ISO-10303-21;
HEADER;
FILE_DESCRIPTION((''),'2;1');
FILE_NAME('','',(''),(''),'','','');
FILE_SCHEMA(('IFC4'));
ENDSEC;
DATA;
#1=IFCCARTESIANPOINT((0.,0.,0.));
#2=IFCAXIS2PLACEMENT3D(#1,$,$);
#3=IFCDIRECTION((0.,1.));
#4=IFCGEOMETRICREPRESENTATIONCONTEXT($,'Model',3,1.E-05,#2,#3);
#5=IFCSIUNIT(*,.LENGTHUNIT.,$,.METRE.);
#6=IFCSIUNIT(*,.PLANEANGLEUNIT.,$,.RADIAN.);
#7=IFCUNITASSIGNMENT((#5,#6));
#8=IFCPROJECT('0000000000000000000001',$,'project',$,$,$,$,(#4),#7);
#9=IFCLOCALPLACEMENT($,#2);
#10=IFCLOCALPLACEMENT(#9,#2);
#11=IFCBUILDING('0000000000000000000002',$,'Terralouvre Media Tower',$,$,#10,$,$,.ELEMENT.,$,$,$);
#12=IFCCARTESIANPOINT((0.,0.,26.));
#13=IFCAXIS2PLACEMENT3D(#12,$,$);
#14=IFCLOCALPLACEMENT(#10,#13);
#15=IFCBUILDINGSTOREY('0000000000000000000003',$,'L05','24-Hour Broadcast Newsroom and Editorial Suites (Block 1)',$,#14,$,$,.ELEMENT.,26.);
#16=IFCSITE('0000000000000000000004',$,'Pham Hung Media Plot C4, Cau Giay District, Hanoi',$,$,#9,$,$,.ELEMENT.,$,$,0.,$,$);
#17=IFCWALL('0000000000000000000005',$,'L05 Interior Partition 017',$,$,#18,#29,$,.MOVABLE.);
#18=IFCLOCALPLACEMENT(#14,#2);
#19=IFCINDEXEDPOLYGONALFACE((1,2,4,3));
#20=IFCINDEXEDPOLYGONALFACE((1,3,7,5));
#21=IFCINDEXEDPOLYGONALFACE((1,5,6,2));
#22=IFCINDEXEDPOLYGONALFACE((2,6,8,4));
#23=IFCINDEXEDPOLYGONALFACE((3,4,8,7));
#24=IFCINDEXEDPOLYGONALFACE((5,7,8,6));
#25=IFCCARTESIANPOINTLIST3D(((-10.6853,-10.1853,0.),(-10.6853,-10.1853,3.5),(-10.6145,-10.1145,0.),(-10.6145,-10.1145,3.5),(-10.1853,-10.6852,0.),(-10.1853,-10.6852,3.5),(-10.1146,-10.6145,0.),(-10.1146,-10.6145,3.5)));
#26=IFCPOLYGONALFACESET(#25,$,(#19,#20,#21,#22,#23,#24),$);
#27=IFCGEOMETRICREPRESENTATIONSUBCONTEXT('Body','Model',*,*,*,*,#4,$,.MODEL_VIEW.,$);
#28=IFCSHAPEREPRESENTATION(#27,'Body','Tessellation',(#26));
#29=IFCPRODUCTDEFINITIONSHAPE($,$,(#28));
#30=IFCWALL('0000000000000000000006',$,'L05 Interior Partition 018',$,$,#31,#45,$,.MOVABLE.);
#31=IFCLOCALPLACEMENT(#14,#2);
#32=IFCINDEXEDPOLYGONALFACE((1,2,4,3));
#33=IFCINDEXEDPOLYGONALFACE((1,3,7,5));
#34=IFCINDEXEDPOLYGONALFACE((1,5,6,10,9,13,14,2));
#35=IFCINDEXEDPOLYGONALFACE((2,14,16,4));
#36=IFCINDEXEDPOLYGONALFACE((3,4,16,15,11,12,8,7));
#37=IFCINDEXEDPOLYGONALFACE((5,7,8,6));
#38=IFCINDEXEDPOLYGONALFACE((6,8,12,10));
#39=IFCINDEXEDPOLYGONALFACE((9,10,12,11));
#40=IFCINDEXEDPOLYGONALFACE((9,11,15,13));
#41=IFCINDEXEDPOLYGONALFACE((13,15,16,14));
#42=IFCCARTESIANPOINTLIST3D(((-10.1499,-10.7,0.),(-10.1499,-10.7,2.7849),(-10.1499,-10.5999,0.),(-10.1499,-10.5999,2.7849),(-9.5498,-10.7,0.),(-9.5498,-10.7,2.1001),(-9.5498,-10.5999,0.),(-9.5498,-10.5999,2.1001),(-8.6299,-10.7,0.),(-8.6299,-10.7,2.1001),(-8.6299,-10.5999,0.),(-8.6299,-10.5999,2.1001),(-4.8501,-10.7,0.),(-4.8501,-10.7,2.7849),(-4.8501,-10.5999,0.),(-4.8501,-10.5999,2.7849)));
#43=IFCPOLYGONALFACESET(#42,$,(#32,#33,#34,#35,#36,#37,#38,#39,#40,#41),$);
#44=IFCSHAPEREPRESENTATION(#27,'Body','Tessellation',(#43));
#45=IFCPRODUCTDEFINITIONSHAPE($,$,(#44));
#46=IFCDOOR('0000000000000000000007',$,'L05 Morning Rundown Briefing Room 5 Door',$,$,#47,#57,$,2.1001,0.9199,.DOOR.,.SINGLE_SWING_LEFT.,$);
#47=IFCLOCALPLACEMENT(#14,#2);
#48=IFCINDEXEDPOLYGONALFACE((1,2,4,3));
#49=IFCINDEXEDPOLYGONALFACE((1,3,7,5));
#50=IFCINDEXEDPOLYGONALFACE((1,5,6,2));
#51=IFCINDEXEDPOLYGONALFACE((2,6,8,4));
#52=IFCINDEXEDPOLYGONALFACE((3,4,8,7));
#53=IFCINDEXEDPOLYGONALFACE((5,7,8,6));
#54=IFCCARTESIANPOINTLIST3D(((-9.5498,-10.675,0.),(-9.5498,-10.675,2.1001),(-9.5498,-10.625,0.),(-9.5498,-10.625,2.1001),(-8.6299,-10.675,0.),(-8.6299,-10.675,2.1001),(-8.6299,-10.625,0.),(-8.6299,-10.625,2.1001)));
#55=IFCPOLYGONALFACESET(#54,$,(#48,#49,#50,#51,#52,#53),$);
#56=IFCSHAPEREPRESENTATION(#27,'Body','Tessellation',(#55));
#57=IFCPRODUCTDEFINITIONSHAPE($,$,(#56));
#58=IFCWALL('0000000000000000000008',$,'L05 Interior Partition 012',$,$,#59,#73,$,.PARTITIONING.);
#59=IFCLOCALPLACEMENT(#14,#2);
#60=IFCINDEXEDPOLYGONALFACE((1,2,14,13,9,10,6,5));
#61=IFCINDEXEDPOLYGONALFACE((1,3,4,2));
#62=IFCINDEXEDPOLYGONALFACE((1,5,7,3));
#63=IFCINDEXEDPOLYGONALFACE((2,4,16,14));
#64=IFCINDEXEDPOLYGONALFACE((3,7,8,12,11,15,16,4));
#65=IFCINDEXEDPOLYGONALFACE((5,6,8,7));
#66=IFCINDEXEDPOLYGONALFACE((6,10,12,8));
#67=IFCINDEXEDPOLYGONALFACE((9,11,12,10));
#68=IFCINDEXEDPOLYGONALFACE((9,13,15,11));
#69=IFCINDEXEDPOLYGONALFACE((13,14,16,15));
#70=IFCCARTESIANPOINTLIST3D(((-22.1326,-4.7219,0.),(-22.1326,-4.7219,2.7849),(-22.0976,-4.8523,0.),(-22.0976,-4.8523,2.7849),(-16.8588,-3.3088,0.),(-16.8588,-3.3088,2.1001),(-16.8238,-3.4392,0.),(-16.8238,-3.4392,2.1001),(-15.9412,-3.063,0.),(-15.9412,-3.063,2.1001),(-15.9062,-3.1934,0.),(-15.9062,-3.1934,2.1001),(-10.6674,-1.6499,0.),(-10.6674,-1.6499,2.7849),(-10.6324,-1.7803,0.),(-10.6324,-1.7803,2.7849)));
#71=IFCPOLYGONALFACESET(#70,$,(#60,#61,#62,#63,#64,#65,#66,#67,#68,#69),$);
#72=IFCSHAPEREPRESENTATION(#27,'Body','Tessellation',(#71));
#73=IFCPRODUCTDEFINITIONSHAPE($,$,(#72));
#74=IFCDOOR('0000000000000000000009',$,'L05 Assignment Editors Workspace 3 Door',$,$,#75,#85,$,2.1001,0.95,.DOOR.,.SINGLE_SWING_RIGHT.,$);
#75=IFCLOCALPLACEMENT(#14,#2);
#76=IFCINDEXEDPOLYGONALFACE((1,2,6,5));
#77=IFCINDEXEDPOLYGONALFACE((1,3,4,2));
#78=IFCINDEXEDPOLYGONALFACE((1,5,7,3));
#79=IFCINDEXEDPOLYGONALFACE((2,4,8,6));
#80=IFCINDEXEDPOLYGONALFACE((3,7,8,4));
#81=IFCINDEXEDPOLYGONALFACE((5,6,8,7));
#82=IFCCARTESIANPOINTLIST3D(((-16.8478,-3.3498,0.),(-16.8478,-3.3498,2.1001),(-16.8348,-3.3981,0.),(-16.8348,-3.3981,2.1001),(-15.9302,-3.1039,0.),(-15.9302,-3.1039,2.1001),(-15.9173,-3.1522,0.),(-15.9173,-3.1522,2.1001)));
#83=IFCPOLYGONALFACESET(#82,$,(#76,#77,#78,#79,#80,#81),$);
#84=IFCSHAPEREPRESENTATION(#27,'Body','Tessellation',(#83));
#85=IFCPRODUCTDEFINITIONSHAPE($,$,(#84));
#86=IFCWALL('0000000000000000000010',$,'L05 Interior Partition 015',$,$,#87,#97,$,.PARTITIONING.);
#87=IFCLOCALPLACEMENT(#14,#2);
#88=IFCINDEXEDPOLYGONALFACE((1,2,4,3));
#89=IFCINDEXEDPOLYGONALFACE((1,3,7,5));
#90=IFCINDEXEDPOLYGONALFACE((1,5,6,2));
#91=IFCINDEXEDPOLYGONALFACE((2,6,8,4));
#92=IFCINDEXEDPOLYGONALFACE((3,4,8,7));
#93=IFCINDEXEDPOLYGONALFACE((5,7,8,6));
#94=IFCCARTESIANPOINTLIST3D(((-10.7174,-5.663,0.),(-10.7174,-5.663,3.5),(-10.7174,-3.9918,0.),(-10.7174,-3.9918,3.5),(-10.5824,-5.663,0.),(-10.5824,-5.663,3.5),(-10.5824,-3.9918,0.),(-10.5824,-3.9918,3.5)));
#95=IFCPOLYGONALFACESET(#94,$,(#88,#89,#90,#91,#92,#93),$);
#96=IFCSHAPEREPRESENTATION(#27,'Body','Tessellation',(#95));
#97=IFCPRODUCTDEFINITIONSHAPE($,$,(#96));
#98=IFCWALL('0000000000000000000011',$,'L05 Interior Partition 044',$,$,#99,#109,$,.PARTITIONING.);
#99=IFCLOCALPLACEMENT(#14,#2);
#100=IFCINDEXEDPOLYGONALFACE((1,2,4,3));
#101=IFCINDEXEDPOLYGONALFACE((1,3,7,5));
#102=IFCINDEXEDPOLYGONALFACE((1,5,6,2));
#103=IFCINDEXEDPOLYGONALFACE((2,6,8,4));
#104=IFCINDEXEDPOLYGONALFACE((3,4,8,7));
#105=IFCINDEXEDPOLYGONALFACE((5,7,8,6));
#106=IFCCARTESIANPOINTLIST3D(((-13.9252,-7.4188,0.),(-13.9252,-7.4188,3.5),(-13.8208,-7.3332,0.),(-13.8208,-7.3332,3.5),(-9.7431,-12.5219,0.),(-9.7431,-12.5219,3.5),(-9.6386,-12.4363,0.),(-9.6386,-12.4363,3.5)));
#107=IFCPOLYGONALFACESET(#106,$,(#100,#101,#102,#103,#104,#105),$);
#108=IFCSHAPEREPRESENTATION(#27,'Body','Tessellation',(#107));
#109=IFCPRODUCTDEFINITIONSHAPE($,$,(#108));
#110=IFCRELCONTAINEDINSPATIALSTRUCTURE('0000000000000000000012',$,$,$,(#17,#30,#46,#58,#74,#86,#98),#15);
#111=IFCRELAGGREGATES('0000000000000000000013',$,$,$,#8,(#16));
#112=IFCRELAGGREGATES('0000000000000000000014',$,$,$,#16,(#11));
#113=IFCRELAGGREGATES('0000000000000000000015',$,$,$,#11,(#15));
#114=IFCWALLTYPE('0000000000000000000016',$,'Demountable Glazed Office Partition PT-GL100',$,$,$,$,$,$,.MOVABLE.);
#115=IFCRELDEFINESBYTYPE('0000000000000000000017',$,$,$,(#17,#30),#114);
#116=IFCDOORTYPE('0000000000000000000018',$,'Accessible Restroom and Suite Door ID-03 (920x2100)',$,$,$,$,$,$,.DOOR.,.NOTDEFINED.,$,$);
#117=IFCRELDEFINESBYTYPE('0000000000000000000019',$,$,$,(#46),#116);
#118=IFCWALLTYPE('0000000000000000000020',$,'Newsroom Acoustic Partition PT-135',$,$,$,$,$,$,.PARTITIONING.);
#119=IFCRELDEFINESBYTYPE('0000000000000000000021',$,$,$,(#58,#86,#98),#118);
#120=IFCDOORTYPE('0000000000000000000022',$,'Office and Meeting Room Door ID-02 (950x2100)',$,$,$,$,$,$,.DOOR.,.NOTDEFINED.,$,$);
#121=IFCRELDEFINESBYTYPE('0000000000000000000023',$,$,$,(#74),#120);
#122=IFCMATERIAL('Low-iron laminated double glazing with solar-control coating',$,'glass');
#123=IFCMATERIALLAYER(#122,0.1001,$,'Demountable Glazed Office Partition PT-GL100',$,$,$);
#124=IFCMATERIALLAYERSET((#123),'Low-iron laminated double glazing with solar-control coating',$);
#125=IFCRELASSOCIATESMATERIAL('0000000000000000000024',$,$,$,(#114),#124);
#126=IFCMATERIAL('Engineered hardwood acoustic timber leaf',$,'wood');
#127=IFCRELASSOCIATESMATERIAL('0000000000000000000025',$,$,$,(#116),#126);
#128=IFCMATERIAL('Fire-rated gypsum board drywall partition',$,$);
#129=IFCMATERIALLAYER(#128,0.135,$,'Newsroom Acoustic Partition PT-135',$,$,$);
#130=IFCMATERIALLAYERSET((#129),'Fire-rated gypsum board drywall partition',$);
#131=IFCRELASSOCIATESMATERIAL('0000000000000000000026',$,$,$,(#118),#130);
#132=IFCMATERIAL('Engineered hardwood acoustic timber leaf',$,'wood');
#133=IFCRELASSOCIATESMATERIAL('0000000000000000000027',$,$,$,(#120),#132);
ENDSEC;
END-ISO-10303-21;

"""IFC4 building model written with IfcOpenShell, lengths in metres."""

from ifc_helpers import new_model, si_unit, direction, frame, frame_2d, origin, place, context, subcontext, project, spatial, rectangle, extrude, material, layer, layer_set, type_object, element, fill, save


model = new_model("IFC4")

# Units and contexts
model_context = context("Model", 3, precision=1e-05, world=origin(), true_north=direction((0.0, 1.0)))
body_context = subcontext(model_context, "Body", "Model", "MODEL_VIEW")
ifc_project = project(units=[si_unit("LENGTHUNIT", "METRE"), si_unit("PLANEANGLEUNIT", "RADIAN")], contexts=[model_context])

# Site, building, storey
site_placement = place(None, origin())
site = spatial("IfcSite", under=ifc_project, at=site_placement, Name="Pham Hung Media Plot C4, Cau Giay District, Hanoi", CompositionType="ELEMENT", RefElevation=0.0)
building_placement = place(site_placement, origin())
building = spatial("IfcBuilding", under=site, at=building_placement, Name="Terralouvre Media Tower", CompositionType="ELEMENT")
storey_placement = place(building_placement, frame((0.0, 0.0, 26.0)))
storey = spatial("IfcBuildingStorey", under=building, at=storey_placement, Name="L05", Description="24-Hour Broadcast Newsroom and Editorial Suites (Block 1)", CompositionType="ELEMENT", Elevation=26.0)

# Wall
ifc_material_1 = material(Name="Low-iron laminated double glazing with solar-control coating", Category="glass")
ifc_layer_1 = layer(ifc_material_1, 0.1001, Name="Demountable Glazed Office Partition PT-GL100")
ifc_layer_set_1 = layer_set([ifc_layer_1], Name="Low-iron laminated double glazing with solar-control coating")
wall_type_1 = type_object("IfcWallType", Name="Demountable Glazed Office Partition PT-GL100", PredefinedType="MOVABLE", material=ifc_layer_set_1)
wall_1_placement = place(storey_placement, frame((-10.6499, -10.1499, 0.0), z_axis=(0.0, 0.0, 1.0), x_axis=(0.707107, -0.707107, 0.0)))
element("IfcWall", 1, at=wall_1_placement, inside=storey, type_object=wall_type_1, Name="L05 Interior Partition 017", PredefinedType="MOVABLE", context=body_context, shape_type="SweptSolid", body=[
    extrude(rectangle(XDim=0.707, YDim=0.1001, at=frame_2d((0.3535, 0.0))), origin(), (0.0, 0.0, 1.0), 3.5),
])

# Walls, openings, doors
wall_2_placement = place(storey_placement, frame((-10.1499, -10.6499, 0.0), z_axis=(0.0, 0.0, 1.0), x_axis=(1.0, 0.0, 0.0)))
wall_2 = element("IfcWall", 2, at=wall_2_placement, inside=storey, type_object=wall_type_1, Name="L05 Interior Partition 018", PredefinedType="MOVABLE", context=body_context, shape_type="SweptSolid", body=[
    extrude(rectangle(XDim=5.2998, YDim=0.1001, at=frame_2d((2.6499, 0.0))), origin(), (0.0, 0.0, 1.0), 2.7849),
])
opening_1_placement = place(wall_2_placement, frame((0.6001, 0.0, 0.0)))
opening_1 = element("IfcOpeningElement", 3, at=opening_1_placement, cuts=wall_2, PredefinedType="OPENING", context=body_context, shape_type="SweptSolid", body=[
    extrude(rectangle(XDim=0.9199, YDim=2.1001, at=frame_2d((0.46, 1.05))), frame((0.0, 0.0601, 0.0), z_axis=(0.0, -1.0, 0.0), x_axis=(1.0, 0.0, 0.0)), (0.0, 0.0, 1.0), 0.1201),
])
ifc_material_2 = material(Name="Engineered hardwood acoustic timber leaf", Category="wood")
door_type_1 = type_object("IfcDoorType", Name="Accessible Restroom and Suite Door ID-03 (920x2100)", OperationType="NOTDEFINED", PredefinedType="DOOR", material=ifc_material_2)
door_1_placement = place(opening_1_placement, origin())
door_1 = element("IfcDoor", 4, at=door_1_placement, inside=storey, type_object=door_type_1, Name="L05 Morning Rundown Briefing Room 5 Door", OperationType="SINGLE_SWING_LEFT", OverallHeight=2.1001, OverallWidth=0.9199, PredefinedType="DOOR", context=body_context, shape_type="SweptSolid", body=[
    extrude(rectangle(XDim=0.9199, YDim=2.1001, at=frame_2d((0.46, 1.05))), frame((0.0, 0.0249, 0.0), z_axis=(0.0, -1.0, 0.0), x_axis=(1.0, 0.0, 0.0)), (0.0, 0.0, 1.0), 0.05),
])
fill(opening_1, door_1)
ifc_material_3 = material(Name="Fire-rated gypsum board drywall partition")
ifc_layer_2 = layer(ifc_material_3, 0.135, Name="Newsroom Acoustic Partition PT-135")
ifc_layer_set_2 = layer_set([ifc_layer_2], Name="Fire-rated gypsum board drywall partition")
wall_type_2 = type_object("IfcWallType", Name="Newsroom Acoustic Partition PT-135", PredefinedType="PARTITIONING", material=ifc_layer_set_2)
wall_3_placement = place(storey_placement, frame((-10.6499, -1.7151, 0.0), z_axis=(0.0, 0.0, 1.0), x_axis=(-0.965927, -0.258816, 0.0)))
wall_3 = element("IfcWall", 5, at=wall_3_placement, inside=storey, type_object=wall_type_2, Name="L05 Interior Partition 012", PredefinedType="PARTITIONING", context=body_context, shape_type="SweptSolid", body=[
    extrude(rectangle(XDim=11.8696, YDim=0.135, at=frame_2d((5.9348, 0.0))), origin(), (0.0, 0.0, 1.0), 2.7849),
])
opening_2_placement = place(wall_3_placement, frame((5.4597, 0.0, 0.0)))
opening_2 = element("IfcOpeningElement", 6, at=opening_2_placement, cuts=wall_3, PredefinedType="OPENING", context=body_context, shape_type="SweptSolid", body=[
    extrude(rectangle(XDim=0.95, YDim=2.1001, at=frame_2d((0.4751, 1.05))), frame((0.0, 0.0774, 0.0), z_axis=(0.0, -1.0, 0.0), x_axis=(1.0, 0.0, 0.0)), (0.0, 0.0, 1.0), 0.155),
])
ifc_material_4 = material(Name="Engineered hardwood acoustic timber leaf", Category="wood")
door_type_2 = type_object("IfcDoorType", Name="Office and Meeting Room Door ID-02 (950x2100)", OperationType="NOTDEFINED", PredefinedType="DOOR", material=ifc_material_4)
door_2_placement = place(opening_2_placement, origin())
door_2 = element("IfcDoor", 7, at=door_2_placement, inside=storey, type_object=door_type_2, Name="L05 Assignment Editors Workspace 3 Door", OperationType="SINGLE_SWING_RIGHT", OverallHeight=2.1001, OverallWidth=0.95, PredefinedType="DOOR", context=body_context, shape_type="SweptSolid", body=[
    extrude(rectangle(XDim=0.95, YDim=2.1001, at=frame_2d((0.4751, 1.05))), frame((0.0, 0.0249, 0.0), z_axis=(0.0, -1.0, 0.0), x_axis=(1.0, 0.0, 0.0)), (0.0, 0.0, 1.0), 0.05),
])
fill(opening_2, door_2)

# Walls
wall_4_placement = place(storey_placement, frame((-10.6499, -3.9919, 0.0), z_axis=(0.0, 0.0, 1.0), x_axis=(0.0, -1.0, 0.0)))
element("IfcWall", 8, at=wall_4_placement, inside=storey, type_object=wall_type_2, Name="L05 Interior Partition 015", PredefinedType="PARTITIONING", context=body_context, shape_type="SweptSolid", body=[
    extrude(rectangle(XDim=1.6711, YDim=0.135, at=frame_2d((0.8354, 0.0))), origin(), (0.0, 0.0, 1.0), 3.5),
])
wall_5_placement = place(storey_placement, frame((-9.6909, -12.479, 0.0), z_axis=(0.0, 0.0, 1.0), x_axis=(-0.633866, 0.773443, 0.0)))
element("IfcWall", 9, at=wall_5_placement, inside=storey, type_object=wall_type_2, Name="L05 Interior Partition 044", PredefinedType="PARTITIONING", context=body_context, shape_type="SweptSolid", body=[
    extrude(rectangle(XDim=6.5979, YDim=0.135, at=frame_2d((3.2988, 0.0))), origin(), (0.0, 0.0, 1.0), 3.5),
])

save(model, "model.ifc")
